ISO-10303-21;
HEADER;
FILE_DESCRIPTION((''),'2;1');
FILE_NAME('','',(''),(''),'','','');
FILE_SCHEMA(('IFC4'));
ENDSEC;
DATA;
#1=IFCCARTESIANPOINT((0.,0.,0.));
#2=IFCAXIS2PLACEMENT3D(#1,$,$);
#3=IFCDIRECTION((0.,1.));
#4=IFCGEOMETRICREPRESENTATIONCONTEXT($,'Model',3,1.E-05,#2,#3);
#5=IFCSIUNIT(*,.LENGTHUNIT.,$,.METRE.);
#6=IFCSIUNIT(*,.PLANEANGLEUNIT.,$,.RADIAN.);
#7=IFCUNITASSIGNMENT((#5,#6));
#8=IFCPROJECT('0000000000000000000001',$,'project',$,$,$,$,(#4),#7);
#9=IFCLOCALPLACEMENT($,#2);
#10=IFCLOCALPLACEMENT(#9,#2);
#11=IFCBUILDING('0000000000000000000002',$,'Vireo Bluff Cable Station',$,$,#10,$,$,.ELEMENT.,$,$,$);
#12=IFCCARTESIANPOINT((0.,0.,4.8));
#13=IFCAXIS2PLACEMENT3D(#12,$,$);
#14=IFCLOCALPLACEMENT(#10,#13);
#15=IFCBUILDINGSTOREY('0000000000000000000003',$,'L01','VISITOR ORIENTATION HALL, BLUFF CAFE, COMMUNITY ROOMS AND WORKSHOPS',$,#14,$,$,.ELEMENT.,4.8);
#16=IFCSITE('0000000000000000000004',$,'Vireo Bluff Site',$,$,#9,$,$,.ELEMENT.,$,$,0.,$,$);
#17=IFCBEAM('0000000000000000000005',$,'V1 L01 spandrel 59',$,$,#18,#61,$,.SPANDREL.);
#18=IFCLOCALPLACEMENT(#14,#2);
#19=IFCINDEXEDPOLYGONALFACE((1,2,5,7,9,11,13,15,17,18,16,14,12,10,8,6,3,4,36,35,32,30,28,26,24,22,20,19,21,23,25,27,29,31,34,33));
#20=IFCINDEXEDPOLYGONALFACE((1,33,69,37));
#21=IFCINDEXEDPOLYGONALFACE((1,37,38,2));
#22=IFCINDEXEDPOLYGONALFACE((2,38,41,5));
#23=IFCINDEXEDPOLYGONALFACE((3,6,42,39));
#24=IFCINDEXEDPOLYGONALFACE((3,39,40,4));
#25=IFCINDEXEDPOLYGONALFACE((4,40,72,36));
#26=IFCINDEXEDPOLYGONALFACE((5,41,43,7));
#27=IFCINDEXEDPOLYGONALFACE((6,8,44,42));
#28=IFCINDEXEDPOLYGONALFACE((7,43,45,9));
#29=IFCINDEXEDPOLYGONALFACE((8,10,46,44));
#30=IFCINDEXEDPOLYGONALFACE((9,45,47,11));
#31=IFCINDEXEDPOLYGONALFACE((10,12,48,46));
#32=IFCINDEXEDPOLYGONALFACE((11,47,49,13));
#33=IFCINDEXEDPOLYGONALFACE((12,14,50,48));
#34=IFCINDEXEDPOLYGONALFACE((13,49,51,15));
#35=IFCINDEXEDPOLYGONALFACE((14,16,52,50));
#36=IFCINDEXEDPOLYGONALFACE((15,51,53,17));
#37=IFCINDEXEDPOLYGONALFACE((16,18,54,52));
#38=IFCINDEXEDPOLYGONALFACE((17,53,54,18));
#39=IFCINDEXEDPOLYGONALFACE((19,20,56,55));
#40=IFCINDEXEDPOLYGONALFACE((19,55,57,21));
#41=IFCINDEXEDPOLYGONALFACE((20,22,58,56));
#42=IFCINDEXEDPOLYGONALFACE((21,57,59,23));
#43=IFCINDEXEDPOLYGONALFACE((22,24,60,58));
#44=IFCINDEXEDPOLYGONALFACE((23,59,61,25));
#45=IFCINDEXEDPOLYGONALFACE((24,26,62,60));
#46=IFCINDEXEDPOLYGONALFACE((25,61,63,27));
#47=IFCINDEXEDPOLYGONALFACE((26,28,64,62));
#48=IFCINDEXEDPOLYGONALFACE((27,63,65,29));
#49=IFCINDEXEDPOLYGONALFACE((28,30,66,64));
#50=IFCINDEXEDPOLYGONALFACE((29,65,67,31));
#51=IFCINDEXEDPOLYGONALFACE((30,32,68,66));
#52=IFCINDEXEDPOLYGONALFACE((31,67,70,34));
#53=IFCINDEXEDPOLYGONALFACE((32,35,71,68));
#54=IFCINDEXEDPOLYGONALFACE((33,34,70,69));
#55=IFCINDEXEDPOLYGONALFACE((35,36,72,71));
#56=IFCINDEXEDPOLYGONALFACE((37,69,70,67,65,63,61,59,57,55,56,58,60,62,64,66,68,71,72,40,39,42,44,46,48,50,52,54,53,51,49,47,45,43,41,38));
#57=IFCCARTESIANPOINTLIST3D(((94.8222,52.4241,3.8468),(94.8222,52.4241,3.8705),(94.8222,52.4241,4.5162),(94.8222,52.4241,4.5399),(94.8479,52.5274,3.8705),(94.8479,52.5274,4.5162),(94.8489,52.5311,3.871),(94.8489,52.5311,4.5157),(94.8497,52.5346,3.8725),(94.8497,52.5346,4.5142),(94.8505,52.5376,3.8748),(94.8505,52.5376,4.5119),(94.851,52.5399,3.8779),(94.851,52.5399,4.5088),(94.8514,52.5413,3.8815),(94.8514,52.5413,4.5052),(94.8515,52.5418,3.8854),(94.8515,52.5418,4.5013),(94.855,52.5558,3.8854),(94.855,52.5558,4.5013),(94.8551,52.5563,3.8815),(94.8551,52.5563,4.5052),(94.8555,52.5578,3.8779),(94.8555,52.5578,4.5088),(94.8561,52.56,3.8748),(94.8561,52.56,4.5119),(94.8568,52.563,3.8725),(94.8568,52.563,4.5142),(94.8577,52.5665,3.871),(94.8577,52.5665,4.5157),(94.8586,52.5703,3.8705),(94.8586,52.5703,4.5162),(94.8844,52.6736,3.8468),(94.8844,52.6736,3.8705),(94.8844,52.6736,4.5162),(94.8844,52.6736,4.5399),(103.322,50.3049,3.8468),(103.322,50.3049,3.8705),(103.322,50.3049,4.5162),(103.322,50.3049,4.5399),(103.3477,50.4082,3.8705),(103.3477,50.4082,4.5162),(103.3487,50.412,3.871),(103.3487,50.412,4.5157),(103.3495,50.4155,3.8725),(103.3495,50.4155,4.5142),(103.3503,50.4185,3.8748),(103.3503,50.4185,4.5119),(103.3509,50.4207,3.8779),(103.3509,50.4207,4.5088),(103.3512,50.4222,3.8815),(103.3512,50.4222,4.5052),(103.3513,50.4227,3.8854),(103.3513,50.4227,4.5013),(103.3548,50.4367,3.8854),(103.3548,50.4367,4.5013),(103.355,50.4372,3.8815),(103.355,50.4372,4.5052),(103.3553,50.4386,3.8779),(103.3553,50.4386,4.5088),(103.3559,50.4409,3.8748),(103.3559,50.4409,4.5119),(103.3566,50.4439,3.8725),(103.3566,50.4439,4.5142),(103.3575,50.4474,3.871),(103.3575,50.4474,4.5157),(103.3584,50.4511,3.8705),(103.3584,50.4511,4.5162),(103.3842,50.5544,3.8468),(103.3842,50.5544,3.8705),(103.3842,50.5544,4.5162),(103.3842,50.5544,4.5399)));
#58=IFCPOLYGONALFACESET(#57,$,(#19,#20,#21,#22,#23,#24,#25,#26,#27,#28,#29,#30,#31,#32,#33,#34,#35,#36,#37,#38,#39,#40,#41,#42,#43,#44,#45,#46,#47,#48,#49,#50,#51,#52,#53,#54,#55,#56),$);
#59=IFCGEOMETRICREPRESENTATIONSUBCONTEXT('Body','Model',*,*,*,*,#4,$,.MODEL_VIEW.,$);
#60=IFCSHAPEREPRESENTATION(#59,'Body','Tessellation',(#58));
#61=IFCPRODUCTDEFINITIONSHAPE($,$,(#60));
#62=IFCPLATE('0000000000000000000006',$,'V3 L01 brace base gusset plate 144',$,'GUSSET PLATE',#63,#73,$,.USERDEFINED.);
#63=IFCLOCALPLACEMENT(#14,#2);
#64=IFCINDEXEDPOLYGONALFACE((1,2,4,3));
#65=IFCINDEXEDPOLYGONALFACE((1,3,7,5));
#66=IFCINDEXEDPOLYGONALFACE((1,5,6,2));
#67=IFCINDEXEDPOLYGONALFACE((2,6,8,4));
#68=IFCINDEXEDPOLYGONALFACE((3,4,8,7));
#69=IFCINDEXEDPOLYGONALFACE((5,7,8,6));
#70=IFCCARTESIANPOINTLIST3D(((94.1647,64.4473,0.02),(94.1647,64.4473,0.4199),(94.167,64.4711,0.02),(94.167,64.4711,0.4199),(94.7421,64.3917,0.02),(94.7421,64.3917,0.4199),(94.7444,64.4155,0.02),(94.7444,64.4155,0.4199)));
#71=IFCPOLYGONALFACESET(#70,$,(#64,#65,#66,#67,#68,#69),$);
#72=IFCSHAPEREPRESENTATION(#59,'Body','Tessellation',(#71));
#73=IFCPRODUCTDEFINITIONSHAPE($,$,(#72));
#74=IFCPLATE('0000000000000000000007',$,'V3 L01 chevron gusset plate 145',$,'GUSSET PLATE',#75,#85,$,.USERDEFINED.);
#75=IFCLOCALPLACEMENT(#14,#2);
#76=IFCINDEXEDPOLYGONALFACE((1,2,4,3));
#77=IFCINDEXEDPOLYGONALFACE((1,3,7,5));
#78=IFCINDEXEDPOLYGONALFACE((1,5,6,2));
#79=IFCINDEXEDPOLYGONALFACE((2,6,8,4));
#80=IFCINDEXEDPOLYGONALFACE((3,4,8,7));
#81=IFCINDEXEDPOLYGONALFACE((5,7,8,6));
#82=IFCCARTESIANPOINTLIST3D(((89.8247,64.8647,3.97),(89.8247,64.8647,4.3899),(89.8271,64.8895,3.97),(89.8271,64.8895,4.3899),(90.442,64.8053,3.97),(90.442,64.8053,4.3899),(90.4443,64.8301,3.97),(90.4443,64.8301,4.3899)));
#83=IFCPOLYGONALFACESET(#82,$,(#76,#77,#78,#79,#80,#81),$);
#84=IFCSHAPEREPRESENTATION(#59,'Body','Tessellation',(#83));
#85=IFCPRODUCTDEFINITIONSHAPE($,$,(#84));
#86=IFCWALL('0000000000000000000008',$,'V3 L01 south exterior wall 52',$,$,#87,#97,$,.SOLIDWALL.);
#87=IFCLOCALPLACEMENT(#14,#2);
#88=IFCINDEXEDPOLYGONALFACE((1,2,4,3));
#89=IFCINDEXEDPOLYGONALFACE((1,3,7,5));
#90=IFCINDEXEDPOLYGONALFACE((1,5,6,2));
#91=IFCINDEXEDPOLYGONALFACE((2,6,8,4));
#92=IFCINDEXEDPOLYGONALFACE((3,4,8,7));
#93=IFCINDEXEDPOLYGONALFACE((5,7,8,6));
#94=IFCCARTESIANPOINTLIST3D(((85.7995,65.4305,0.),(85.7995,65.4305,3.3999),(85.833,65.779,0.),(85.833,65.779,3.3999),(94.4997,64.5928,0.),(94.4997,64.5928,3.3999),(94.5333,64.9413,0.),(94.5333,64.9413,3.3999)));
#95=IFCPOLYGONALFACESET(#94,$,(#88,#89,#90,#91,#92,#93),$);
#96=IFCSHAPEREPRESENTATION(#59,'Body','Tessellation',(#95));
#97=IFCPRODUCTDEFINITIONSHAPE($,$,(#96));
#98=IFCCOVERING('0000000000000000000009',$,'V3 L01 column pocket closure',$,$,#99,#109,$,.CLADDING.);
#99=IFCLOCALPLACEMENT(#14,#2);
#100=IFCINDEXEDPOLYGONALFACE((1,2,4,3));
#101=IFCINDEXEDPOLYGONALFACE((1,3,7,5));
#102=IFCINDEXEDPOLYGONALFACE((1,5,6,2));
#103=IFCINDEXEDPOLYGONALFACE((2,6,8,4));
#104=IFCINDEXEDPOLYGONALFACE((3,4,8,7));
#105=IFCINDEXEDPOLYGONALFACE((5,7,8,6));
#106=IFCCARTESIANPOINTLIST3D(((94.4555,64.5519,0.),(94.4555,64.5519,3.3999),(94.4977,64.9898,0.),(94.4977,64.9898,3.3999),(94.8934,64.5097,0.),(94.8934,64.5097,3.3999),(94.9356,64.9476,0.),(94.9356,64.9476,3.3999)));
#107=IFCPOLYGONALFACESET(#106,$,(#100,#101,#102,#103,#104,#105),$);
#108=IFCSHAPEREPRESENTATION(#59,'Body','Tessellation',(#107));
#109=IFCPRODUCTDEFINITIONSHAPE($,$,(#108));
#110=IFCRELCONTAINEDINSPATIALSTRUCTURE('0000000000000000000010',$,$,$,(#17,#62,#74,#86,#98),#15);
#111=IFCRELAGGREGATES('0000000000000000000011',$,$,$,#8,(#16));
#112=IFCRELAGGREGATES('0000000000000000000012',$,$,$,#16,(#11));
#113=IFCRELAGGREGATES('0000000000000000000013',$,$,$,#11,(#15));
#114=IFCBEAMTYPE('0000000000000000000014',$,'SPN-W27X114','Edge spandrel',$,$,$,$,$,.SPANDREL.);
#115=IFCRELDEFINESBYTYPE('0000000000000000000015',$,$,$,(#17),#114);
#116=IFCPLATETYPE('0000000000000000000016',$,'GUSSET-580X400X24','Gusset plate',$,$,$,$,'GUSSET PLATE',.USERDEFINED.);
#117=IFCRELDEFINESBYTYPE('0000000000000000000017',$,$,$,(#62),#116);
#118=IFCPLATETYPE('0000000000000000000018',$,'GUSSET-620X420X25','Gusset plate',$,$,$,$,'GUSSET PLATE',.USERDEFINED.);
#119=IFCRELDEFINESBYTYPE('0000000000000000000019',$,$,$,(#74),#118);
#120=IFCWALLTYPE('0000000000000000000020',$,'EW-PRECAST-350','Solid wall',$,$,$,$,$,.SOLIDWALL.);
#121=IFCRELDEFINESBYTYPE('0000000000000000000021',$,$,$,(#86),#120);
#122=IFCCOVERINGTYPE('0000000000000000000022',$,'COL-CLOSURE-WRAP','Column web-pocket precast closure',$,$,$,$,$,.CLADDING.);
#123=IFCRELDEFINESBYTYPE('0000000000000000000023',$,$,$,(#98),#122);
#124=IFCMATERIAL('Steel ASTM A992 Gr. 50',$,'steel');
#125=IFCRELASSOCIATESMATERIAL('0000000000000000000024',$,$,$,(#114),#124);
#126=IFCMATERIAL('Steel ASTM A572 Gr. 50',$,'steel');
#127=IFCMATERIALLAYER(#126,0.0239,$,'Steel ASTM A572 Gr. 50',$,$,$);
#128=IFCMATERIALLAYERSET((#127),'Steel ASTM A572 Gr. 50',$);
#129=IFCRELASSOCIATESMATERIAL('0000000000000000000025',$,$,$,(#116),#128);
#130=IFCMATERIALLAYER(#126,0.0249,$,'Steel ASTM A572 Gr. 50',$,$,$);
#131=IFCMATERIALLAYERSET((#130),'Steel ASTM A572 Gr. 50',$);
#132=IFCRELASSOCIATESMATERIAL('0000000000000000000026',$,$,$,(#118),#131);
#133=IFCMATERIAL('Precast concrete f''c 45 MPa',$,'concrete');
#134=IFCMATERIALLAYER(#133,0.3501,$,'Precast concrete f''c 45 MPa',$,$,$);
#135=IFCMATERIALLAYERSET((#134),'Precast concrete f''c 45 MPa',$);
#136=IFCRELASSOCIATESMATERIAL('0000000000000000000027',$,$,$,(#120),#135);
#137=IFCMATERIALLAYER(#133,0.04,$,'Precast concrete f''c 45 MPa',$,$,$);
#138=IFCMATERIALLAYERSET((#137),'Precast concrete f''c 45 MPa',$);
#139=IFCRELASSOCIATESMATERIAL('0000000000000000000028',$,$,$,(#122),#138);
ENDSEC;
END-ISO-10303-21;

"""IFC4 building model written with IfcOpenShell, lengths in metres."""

from ifc_helpers import new_model, si_unit, direction, frame, frame_2d, origin, origin_2d, place, context, subcontext, project, spatial, rectangle, i_section, extrude, material, layer, layer_set, material_profile, profile_set, type_object, element, save


model = new_model("IFC4")

# Units and contexts
model_context = context("Model", 3, precision=1e-05, world=origin(), true_north=direction((0.0, 1.0)))
body_context = subcontext(model_context, "Body", "Model", "MODEL_VIEW")
ifc_project = project(units=[si_unit("LENGTHUNIT", "METRE"), si_unit("PLANEANGLEUNIT", "RADIAN")], contexts=[model_context])

# Site, building, storey
site_placement = place(None, origin())
site = spatial("IfcSite", under=ifc_project, at=site_placement, Name="Vireo Bluff Site", CompositionType="ELEMENT", RefElevation=0.0)
building_placement = place(site_placement, origin())
building = spatial("IfcBuilding", under=site, at=building_placement, Name="Vireo Bluff Cable Station", CompositionType="ELEMENT")
storey_placement = place(building_placement, frame((0.0, 0.0, 4.8)))
storey = spatial("IfcBuildingStorey", under=building, at=storey_placement, Name="L01", Description="VISITOR ORIENTATION HALL, BLUFF CAFE, COMMUNITY ROOMS AND WORKSHOPS", CompositionType="ELEMENT", Elevation=4.8)

# Shared definitions
ifc_material_1 = material(Name="Steel ASTM A992 Gr. 50", Category="steel")

# Beam
ifc_material_profile_1 = material_profile(ifc_material_1, i_section(OverallWidth=0.2571, OverallDepth=0.6931, WebThickness=0.0144, FlangeThickness=0.0237, FilletRadius=0.0149, at=origin_2d()), Name="W27X114")
ifc_profile_set_1 = profile_set([ifc_material_profile_1], Name="Steel ASTM A992 Gr. 50")
beam_type_1 = type_object("IfcBeamType", Name="SPN-W27X114", Description="Edge spandrel", PredefinedType="SPANDREL", material=ifc_profile_set_1)
beam_1_placement = place(storey_placement, frame((94.8533, 52.5488, 4.1934), z_axis=(0.970298, -0.241913, 0.0), x_axis=(0.241913, 0.970298, 0.0)))
element("IfcBeam", 1, at=beam_1_placement, inside=storey, type_object=beam_type_1, Name="V1 L01 spandrel 59", PredefinedType="SPANDREL", context=body_context, shape_type="SweptSolid", body=[
    extrude(i_section(OverallWidth=0.2571, OverallDepth=0.6931, WebThickness=0.0144, FlangeThickness=0.0237, FilletRadius=0.0149, at=origin_2d()), origin(), (0.0, 0.0, 1.0), 8.76),
])

# Plates
ifc_material_2 = material(Name="Steel ASTM A572 Gr. 50", Category="steel")
ifc_layer_1 = layer(ifc_material_2, 0.0239, Name="Steel ASTM A572 Gr. 50")
ifc_layer_set_1 = layer_set([ifc_layer_1], Name="Steel ASTM A572 Gr. 50")
plate_type_1 = type_object("IfcPlateType", Name="GUSSET-580X400X24", Description="Gusset plate", ElementType="GUSSET PLATE", PredefinedType="USERDEFINED", material=ifc_layer_set_1)
plate_1_placement = place(storey_placement, frame((94.4546, 64.4314, 0.02), z_axis=(0.0, 0.0, 1.0), x_axis=(0.995396, -0.095846, 0.0)))
element("IfcPlate", 2, at=plate_1_placement, inside=storey, type_object=plate_type_1, Name="V3 L01 brace base gusset plate 144", ObjectType="GUSSET PLATE", PredefinedType="USERDEFINED", context=body_context, shape_type="SweptSolid", body=[
    extrude(rectangle(XDim=0.5801, YDim=0.0239, at=origin_2d()), origin(), (0.0, 0.0, 1.0), 0.3999),
])
ifc_layer_2 = layer(ifc_material_2, 0.0249, Name="Steel ASTM A572 Gr. 50")
ifc_layer_set_2 = layer_set([ifc_layer_2], Name="Steel ASTM A572 Gr. 50")
plate_type_2 = type_object("IfcPlateType", Name="GUSSET-620X420X25", Description="Gusset plate", ElementType="GUSSET PLATE", PredefinedType="USERDEFINED", material=ifc_layer_set_2)
plate_2_placement = place(storey_placement, frame((90.1345, 64.8474, 3.97), z_axis=(0.0, 0.0, 1.0), x_axis=(0.995396, -0.095846, 0.0)))
element("IfcPlate", 3, at=plate_2_placement, inside=storey, type_object=plate_type_2, Name="V3 L01 chevron gusset plate 145", ObjectType="GUSSET PLATE", PredefinedType="USERDEFINED", context=body_context, shape_type="SweptSolid", body=[
    extrude(rectangle(XDim=0.6201, YDim=0.0249, at=origin_2d()), origin(), (0.0, 0.0, 1.0), 0.4199),
])

# Wall
ifc_material_3 = material(Name="Precast concrete f'c 45 MPa", Category="concrete")
ifc_layer_3 = layer(ifc_material_3, 0.3501, Name="Precast concrete f'c 45 MPa")
ifc_layer_set_3 = layer_set([ifc_layer_3], Name="Precast concrete f'c 45 MPa")
wall_type = type_object("IfcWallType", Name="EW-PRECAST-350", Description="Solid wall", PredefinedType="SOLIDWALL", material=ifc_layer_set_3)
wall_placement = place(storey_placement, frame((94.5164, 64.7671, 0.0), z_axis=(0.0, 0.0, 1.0), x_axis=(-0.995397, 0.095836, 0.0)))
element("IfcWall", 4, at=wall_placement, inside=storey, type_object=wall_type, Name="V3 L01 south exterior wall 52", PredefinedType="SOLIDWALL", context=body_context, shape_type="SweptSolid", body=[
    extrude(rectangle(XDim=8.7405, YDim=0.3501, at=frame_2d((4.3701, 0.0))), origin(), (0.0, 0.0, 1.0), 3.3999),
])

# Covering
ifc_layer_4 = layer(ifc_material_3, 0.04, Name="Precast concrete f'c 45 MPa")
ifc_layer_set_4 = layer_set([ifc_layer_4], Name="Precast concrete f'c 45 MPa")
covering_type = type_object("IfcCoveringType", Name="COL-CLOSURE-WRAP", Description="Column web-pocket precast closure", PredefinedType="CLADDING", material=ifc_layer_set_4)
covering_placement = place(storey_placement, frame((94.6956, 64.7498, 0.0), z_axis=(0.0, 0.0, 1.0), x_axis=(0.995396, -0.095846, 0.0)))
element("IfcCovering", 5, at=covering_placement, inside=storey, type_object=covering_type, Name="V3 L01 column pocket closure", PredefinedType="CLADDING", context=body_context, shape_type="SweptSolid", body=[
    extrude(rectangle(XDim=0.4399, YDim=0.4399, at=origin_2d()), origin(), (0.0, 0.0, 1.0), 3.3999),
])

save(model, "model.ifc")
